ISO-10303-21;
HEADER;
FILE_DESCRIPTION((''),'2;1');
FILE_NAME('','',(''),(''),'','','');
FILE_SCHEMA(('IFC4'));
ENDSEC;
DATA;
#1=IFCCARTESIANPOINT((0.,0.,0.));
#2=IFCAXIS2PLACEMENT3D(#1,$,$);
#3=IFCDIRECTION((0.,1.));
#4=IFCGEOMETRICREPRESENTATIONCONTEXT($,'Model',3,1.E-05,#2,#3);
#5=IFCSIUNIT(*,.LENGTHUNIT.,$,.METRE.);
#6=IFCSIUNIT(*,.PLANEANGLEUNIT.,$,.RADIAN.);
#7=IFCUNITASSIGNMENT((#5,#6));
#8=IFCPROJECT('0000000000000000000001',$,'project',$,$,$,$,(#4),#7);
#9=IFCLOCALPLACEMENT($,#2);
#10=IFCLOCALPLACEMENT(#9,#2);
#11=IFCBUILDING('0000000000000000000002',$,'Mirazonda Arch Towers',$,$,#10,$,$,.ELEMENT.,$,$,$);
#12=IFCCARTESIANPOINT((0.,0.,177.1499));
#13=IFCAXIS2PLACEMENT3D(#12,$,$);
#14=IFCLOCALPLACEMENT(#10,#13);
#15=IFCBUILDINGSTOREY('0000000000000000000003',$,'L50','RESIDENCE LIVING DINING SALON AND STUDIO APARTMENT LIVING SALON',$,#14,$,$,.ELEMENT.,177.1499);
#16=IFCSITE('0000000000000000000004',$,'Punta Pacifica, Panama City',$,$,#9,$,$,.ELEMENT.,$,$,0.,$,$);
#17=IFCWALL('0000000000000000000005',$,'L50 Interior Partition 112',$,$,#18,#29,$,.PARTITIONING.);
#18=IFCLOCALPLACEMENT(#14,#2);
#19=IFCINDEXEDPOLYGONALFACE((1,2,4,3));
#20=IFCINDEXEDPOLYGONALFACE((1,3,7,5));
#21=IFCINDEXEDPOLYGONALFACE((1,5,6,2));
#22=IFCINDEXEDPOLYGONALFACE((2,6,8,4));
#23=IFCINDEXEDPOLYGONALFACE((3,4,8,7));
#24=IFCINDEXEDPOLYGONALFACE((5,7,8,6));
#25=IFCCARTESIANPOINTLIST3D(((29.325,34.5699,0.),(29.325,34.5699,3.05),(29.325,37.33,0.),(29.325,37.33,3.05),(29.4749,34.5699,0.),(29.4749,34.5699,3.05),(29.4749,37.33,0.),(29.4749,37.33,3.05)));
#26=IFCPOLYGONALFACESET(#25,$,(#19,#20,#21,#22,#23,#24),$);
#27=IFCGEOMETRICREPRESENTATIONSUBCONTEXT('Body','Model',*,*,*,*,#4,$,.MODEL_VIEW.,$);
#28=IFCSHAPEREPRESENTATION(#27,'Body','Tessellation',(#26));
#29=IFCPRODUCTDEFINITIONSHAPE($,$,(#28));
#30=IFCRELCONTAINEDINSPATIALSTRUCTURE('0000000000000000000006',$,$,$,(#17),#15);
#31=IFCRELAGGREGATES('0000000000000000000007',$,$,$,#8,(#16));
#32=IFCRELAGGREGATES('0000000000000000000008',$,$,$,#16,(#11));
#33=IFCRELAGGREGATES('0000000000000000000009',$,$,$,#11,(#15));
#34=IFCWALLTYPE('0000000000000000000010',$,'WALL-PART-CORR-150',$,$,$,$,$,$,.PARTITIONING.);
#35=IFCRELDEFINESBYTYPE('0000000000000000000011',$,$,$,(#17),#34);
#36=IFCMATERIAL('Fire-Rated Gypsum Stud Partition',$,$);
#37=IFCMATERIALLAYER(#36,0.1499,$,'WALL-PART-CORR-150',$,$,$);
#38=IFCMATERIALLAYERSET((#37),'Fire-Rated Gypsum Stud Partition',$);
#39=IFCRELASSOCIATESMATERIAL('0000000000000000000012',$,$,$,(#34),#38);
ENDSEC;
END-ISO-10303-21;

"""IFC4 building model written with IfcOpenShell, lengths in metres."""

from ifc_helpers import new_model, si_unit, direction, frame, frame_2d, origin, place, context, subcontext, project, spatial, rectangle, extrude, material, layer, layer_set, type_object, element, save


model = new_model("IFC4")

# Units and contexts
model_context = context("Model", 3, precision=1e-05, world=origin(), true_north=direction((0.0, 1.0)))
body_context = subcontext(model_context, "Body", "Model", "MODEL_VIEW")
ifc_project = project(units=[si_unit("LENGTHUNIT", "METRE"), si_unit("PLANEANGLEUNIT", "RADIAN")], contexts=[model_context])

# Site, building, storey
site_placement = place(None, origin())
site = spatial("IfcSite", under=ifc_project, at=site_placement, Name="Punta Pacifica, Panama City", CompositionType="ELEMENT", RefElevation=0.0)
building_placement = place(site_placement, origin())
building = spatial("IfcBuilding", under=site, at=building_placement, Name="Mirazonda Arch Towers", CompositionType="ELEMENT")
storey_placement = place(building_placement, frame((0.0, 0.0, 177.1499)))
storey = spatial("IfcBuildingStorey", under=building, at=storey_placement, Name="L50", Description="RESIDENCE LIVING DINING SALON AND STUDIO APARTMENT LIVING SALON", CompositionType="ELEMENT", Elevation=177.1499)

# Wall
ifc_material_1 = material(Name="Fire-Rated Gypsum Stud Partition")
ifc_layer_1 = layer(ifc_material_1, 0.1499, Name="WALL-PART-CORR-150")
ifc_layer_set_1 = layer_set([ifc_layer_1], Name="Fire-Rated Gypsum Stud Partition")
wall_type_1 = type_object("IfcWallType", Name="WALL-PART-CORR-150", PredefinedType="PARTITIONING", material=ifc_layer_set_1)
for number, where, z_axis, x_axis, name in (
    (1, (29.3999, 34.5701, 0.0), (0.0, 0.0, 1.0), (0.0, 1.0, 0.0), "L50 Interior Partition 112"),
):
    element("IfcWall", number, at=place(storey_placement, frame(where, z_axis=z_axis, x_axis=x_axis)), inside=storey, type_object=wall_type_1, Name=name, PredefinedType="PARTITIONING", context=body_context, shape_type="SweptSolid", body=[
        extrude(rectangle(XDim=2.76, YDim=0.1499, at=frame_2d((1.3799, 0.0))), origin(), (0.0, 0.0, 1.0), 3.05),
    ])

save(model, "model.ifc")
